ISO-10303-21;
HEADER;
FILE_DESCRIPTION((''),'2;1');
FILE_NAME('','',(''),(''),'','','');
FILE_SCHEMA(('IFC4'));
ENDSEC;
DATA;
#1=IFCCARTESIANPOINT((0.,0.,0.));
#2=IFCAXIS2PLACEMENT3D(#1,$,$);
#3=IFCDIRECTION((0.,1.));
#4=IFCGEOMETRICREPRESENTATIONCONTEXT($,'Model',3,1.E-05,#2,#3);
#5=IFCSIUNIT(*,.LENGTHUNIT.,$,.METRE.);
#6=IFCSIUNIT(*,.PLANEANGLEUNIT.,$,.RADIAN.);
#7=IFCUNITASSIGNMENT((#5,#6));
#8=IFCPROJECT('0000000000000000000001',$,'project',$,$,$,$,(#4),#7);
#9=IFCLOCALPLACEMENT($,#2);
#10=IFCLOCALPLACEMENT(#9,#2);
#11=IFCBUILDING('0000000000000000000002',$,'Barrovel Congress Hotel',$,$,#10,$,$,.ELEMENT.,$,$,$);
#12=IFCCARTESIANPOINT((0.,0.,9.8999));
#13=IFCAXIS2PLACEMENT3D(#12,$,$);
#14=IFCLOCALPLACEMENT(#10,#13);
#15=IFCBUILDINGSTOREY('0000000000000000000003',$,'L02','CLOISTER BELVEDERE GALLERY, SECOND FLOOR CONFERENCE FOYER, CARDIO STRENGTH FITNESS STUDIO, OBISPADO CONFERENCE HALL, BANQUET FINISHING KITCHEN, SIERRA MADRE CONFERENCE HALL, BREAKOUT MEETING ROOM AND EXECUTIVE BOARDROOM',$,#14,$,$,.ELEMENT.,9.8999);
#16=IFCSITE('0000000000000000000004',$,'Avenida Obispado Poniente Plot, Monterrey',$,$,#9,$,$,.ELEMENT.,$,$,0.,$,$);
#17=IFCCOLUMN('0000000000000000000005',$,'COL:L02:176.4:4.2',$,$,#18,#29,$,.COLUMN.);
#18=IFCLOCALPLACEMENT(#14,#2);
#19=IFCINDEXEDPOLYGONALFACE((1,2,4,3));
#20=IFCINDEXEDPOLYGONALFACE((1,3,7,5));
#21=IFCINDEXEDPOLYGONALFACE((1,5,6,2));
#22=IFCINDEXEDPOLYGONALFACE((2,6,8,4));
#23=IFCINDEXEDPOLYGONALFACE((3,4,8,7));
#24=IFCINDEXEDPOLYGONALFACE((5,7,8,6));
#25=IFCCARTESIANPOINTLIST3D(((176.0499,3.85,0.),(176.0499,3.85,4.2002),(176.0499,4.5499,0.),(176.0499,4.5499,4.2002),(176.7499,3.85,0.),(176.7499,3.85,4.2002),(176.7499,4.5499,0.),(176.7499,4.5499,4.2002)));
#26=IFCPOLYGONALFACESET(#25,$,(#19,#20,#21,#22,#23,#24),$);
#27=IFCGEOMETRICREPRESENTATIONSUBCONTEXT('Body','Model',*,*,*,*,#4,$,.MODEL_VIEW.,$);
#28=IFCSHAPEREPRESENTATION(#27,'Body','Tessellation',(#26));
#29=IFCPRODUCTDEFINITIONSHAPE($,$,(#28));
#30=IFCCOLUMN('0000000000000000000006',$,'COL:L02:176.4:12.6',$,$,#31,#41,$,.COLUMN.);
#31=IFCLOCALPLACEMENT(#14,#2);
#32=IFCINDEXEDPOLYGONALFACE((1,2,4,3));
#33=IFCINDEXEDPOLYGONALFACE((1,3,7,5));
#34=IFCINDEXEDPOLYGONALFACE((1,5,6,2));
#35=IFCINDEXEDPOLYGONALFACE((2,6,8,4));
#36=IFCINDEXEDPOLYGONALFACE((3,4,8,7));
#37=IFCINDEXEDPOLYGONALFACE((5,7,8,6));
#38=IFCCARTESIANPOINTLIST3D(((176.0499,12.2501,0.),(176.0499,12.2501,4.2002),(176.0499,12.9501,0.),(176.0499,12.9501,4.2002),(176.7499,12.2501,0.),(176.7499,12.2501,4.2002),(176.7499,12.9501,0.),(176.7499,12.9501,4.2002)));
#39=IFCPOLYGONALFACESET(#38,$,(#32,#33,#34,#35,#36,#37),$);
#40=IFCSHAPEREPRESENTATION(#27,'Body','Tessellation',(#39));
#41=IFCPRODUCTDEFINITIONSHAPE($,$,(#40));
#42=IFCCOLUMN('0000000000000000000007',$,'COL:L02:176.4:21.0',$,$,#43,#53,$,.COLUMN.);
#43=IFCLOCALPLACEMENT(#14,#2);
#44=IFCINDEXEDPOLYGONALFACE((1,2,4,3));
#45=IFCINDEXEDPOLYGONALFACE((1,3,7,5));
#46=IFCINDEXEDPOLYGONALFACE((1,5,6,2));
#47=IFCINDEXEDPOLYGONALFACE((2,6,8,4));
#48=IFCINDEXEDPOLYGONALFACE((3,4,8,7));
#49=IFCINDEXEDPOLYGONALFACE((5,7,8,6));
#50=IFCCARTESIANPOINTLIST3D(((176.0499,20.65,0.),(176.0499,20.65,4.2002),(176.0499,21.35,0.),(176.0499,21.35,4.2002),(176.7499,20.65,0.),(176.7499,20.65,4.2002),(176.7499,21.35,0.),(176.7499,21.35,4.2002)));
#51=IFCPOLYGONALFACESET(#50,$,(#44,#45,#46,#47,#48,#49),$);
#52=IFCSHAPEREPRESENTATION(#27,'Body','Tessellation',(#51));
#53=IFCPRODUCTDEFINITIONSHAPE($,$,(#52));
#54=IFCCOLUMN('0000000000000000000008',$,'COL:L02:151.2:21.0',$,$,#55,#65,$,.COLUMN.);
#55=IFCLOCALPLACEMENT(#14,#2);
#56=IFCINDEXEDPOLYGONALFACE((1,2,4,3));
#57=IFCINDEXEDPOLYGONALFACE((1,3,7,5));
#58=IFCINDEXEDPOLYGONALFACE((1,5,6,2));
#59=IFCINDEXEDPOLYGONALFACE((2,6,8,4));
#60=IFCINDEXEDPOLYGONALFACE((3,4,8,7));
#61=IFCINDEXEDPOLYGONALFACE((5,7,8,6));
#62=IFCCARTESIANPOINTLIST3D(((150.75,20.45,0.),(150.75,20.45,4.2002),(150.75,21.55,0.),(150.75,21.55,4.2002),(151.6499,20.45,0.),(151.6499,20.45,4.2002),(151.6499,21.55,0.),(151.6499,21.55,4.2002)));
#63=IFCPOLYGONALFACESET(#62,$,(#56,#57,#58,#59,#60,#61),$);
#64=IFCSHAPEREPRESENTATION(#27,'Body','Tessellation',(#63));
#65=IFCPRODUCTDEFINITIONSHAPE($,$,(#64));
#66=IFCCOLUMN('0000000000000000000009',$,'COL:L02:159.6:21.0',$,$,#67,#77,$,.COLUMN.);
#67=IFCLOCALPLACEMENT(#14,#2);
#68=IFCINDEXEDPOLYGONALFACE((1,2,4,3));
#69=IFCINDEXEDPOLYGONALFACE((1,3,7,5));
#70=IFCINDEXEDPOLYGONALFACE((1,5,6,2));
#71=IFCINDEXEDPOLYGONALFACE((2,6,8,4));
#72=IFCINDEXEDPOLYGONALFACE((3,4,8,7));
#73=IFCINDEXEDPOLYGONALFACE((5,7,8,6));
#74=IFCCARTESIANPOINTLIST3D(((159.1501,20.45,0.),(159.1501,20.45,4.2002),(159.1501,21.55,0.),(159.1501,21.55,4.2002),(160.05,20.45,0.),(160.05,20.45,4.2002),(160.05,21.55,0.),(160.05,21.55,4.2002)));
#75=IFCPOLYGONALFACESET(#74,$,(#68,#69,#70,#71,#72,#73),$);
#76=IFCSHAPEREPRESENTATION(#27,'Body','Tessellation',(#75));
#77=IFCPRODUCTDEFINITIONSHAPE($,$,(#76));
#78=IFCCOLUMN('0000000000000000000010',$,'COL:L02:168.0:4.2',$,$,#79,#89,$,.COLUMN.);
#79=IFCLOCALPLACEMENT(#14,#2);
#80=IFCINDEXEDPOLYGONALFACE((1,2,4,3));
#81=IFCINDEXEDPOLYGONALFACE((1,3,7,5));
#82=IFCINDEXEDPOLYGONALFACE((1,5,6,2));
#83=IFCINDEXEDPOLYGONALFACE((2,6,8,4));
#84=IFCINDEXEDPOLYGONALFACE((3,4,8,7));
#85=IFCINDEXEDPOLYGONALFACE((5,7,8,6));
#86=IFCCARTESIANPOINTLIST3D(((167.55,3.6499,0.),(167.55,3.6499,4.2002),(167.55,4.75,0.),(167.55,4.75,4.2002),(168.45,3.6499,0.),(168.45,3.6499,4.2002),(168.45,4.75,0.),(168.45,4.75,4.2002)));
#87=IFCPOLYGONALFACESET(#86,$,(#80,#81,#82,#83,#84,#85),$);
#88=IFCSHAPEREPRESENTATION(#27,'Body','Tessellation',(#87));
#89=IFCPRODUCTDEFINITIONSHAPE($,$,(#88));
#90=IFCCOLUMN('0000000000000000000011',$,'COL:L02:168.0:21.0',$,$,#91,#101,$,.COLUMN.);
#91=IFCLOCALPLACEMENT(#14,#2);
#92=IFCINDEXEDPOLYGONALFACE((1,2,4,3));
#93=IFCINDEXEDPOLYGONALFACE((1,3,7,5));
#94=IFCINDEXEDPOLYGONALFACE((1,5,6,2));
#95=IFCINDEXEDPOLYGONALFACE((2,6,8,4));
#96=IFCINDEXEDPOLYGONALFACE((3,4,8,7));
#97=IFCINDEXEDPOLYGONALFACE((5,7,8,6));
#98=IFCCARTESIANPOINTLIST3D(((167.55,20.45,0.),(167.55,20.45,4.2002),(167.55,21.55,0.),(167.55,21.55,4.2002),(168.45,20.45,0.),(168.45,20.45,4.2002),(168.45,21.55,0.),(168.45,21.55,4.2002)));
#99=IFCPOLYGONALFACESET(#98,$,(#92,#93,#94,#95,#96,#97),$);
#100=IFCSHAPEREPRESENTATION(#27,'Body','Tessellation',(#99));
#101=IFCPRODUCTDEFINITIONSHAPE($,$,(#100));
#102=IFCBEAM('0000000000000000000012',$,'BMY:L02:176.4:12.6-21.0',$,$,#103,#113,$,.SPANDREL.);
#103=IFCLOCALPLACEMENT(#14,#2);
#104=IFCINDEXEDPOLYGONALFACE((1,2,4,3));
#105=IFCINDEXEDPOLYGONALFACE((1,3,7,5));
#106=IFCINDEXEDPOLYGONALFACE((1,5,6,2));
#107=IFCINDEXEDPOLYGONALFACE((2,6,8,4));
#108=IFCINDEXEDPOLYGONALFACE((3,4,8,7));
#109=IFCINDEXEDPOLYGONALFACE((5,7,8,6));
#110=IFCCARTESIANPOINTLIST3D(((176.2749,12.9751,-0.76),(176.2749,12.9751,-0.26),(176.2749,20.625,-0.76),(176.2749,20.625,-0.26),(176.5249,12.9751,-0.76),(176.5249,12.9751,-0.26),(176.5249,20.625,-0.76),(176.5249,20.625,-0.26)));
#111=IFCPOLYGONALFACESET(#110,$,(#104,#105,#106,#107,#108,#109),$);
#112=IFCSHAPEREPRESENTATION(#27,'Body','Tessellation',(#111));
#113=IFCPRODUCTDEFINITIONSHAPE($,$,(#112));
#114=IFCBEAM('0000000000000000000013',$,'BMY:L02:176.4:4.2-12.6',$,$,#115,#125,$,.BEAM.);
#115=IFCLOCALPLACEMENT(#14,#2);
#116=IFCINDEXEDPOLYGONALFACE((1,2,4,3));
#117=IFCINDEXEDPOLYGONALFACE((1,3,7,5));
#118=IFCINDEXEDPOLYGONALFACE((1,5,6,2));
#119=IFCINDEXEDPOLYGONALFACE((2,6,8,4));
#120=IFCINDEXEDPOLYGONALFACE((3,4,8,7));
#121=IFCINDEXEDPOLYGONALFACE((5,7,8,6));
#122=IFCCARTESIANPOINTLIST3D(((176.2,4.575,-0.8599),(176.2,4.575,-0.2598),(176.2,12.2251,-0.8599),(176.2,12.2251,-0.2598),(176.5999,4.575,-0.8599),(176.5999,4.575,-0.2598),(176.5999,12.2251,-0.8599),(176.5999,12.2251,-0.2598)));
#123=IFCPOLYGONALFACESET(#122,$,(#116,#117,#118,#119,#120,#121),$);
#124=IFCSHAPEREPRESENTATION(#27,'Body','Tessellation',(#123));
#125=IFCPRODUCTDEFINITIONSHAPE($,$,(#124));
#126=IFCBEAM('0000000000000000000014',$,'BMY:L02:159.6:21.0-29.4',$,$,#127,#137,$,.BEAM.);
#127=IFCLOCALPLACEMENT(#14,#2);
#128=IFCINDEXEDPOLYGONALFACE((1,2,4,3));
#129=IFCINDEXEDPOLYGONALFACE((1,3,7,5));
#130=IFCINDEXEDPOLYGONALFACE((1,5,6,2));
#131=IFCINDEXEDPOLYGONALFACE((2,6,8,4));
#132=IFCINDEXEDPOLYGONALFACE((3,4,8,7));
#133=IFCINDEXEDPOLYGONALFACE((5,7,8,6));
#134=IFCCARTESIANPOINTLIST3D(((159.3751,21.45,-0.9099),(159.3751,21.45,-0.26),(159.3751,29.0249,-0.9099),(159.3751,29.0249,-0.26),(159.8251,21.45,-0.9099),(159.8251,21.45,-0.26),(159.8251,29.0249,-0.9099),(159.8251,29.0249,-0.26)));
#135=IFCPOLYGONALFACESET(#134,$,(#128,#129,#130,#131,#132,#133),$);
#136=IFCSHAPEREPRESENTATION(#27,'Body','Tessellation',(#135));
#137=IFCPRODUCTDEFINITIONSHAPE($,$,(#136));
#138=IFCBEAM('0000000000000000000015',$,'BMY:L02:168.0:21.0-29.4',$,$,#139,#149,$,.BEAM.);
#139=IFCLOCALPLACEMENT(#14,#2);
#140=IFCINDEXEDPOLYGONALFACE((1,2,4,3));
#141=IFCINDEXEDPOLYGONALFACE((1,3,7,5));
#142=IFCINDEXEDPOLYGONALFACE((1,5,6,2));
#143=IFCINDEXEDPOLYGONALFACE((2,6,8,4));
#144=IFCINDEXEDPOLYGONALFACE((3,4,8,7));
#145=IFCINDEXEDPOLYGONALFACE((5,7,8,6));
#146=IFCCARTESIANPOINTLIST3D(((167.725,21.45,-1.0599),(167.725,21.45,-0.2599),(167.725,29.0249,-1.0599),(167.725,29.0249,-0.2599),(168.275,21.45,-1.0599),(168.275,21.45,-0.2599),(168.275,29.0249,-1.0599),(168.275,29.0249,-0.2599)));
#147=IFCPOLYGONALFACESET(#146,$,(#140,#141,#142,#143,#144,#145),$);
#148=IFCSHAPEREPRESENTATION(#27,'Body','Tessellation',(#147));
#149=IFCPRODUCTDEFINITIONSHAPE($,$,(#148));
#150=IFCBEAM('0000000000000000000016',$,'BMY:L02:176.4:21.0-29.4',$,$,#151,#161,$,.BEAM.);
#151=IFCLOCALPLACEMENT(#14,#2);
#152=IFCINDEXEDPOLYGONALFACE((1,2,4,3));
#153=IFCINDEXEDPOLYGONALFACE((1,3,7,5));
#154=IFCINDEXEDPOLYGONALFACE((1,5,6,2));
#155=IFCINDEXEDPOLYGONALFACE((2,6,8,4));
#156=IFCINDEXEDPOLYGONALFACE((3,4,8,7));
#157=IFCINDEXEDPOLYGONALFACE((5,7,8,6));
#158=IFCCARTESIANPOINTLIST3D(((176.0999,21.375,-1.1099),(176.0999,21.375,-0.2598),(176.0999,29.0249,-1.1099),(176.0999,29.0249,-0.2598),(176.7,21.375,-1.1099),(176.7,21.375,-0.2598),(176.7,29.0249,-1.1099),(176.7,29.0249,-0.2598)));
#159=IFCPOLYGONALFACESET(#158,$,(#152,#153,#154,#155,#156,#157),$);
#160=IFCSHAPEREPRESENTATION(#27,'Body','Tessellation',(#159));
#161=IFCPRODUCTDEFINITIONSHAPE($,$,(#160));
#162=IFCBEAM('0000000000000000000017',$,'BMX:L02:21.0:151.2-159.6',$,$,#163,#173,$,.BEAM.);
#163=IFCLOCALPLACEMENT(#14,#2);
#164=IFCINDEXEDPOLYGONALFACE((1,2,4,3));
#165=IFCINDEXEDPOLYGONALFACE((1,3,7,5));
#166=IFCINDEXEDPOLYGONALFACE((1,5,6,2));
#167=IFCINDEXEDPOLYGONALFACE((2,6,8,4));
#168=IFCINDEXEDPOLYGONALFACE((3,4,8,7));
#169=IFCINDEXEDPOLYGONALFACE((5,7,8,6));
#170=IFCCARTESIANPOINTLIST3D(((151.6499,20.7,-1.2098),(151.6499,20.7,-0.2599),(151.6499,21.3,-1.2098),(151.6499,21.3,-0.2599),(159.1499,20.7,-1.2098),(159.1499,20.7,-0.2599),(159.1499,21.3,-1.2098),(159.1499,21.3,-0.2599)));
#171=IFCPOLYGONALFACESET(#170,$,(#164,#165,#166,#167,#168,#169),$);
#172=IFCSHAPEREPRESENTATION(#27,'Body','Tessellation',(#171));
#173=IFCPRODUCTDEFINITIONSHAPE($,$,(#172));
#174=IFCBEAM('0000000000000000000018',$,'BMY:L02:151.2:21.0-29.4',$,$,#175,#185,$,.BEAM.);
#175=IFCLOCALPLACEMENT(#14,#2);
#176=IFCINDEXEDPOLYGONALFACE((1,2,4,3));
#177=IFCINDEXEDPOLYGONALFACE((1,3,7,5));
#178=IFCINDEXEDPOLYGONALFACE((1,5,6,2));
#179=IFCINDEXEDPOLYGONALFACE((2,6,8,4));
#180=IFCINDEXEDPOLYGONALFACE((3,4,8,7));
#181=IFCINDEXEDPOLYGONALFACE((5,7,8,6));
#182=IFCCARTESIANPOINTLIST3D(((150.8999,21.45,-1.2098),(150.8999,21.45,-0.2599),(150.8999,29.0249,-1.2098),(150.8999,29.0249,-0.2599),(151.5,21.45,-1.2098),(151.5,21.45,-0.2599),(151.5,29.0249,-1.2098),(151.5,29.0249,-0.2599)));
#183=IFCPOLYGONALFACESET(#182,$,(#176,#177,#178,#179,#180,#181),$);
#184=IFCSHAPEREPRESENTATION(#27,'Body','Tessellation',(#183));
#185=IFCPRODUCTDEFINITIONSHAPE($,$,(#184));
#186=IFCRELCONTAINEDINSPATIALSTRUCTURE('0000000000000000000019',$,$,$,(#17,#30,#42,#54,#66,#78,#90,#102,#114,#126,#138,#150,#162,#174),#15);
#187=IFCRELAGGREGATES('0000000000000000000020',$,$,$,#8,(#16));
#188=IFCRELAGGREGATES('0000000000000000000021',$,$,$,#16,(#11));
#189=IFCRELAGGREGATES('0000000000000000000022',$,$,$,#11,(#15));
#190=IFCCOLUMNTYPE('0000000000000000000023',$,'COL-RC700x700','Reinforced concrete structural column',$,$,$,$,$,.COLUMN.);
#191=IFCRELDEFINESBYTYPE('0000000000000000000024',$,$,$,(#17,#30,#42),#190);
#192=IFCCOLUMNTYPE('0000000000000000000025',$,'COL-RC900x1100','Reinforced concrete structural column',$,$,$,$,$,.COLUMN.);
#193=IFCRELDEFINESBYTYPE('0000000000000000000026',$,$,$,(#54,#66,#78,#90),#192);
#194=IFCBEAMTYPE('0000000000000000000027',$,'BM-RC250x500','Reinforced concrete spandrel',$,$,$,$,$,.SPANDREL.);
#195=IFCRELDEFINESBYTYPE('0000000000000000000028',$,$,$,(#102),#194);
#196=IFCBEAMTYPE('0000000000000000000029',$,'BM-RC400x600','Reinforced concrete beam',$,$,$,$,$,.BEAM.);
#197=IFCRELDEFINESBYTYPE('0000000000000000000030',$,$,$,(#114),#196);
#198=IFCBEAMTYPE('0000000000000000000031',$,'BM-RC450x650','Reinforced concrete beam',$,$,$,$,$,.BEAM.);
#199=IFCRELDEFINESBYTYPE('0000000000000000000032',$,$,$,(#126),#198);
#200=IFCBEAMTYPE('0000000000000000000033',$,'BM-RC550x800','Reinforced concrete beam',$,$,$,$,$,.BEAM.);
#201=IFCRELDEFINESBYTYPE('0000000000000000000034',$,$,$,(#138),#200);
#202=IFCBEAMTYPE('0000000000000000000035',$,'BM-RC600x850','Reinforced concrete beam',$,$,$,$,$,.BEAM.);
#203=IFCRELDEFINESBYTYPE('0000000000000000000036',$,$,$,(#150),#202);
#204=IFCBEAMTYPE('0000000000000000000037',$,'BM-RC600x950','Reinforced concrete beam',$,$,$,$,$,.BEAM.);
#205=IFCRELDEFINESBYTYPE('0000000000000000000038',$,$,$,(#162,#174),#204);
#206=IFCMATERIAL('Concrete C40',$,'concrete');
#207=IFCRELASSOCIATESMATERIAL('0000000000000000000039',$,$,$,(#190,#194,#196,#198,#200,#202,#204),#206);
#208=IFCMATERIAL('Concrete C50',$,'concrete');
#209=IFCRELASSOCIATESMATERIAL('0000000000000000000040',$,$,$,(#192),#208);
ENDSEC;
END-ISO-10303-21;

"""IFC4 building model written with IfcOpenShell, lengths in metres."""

from ifc_helpers import new_model, si_unit, direction, frame, origin, origin_2d, place, context, subcontext, project, spatial, rectangle, extrude, material, material_profile, profile_set, type_object, element, save


model = new_model("IFC4")

# Units and contexts
model_context = context("Model", 3, precision=1e-05, world=origin(), true_north=direction((0.0, 1.0)))
body_context = subcontext(model_context, "Body", "Model", "MODEL_VIEW")
ifc_project = project(units=[si_unit("LENGTHUNIT", "METRE"), si_unit("PLANEANGLEUNIT", "RADIAN")], contexts=[model_context])

# Site, building, storey
site_placement = place(None, origin())
site = spatial("IfcSite", under=ifc_project, at=site_placement, Name="Avenida Obispado Poniente Plot, Monterrey", CompositionType="ELEMENT", RefElevation=0.0)
building_placement = place(site_placement, origin())
building = spatial("IfcBuilding", under=site, at=building_placement, Name="Barrovel Congress Hotel", CompositionType="ELEMENT")
storey_placement = place(building_placement, frame((0.0, 0.0, 9.8999)))
storey = spatial("IfcBuildingStorey", under=building, at=storey_placement, Name="L02", Description="CLOISTER BELVEDERE GALLERY, SECOND FLOOR CONFERENCE FOYER, CARDIO STRENGTH FITNESS STUDIO, OBISPADO CONFERENCE HALL, BANQUET FINISHING KITCHEN, SIERRA MADRE CONFERENCE HALL, BREAKOUT MEETING ROOM AND EXECUTIVE BOARDROOM", CompositionType="ELEMENT", Elevation=9.8999)

# Columns
ifc_material_1 = material(Name="Concrete C40", Category="concrete")
ifc_material_profile_1 = material_profile(ifc_material_1, rectangle(XDim=0.7, YDim=0.7, at=origin_2d()), Name="RC700x700")
ifc_profile_set_1 = profile_set([ifc_material_profile_1], Name="Concrete C40")
column_type_1 = type_object("IfcColumnType", Name="COL-RC700x700", Description="Reinforced concrete structural column", PredefinedType="COLUMN", material=ifc_profile_set_1)
for number, where, z_axis, x_axis, name in (
    (1, (176.3999, 4.2, 0.0), (0.0, 0.0, 1.0), (1.0, 0.0, 0.0), "COL:L02:176.4:4.2"),
    (2, (176.3999, 12.6001, 0.0), (0.0, 0.0, 1.0), (1.0, 0.0, 0.0), "COL:L02:176.4:12.6"),
    (3, (176.3999, 21.0, 0.0), (0.0, 0.0, 1.0), (1.0, 0.0, 0.0), "COL:L02:176.4:21.0"),
):
    element("IfcColumn", number, at=place(storey_placement, frame(where, z_axis=z_axis, x_axis=x_axis)), inside=storey, type_object=column_type_1, Name=name, PredefinedType="COLUMN", context=body_context, shape_type="SweptSolid", body=[
        extrude(rectangle(XDim=0.7, YDim=0.7, at=origin_2d()), origin(), (0.0, 0.0, 1.0), 4.2002),
    ])
ifc_material_2 = material(Name="Concrete C50", Category="concrete")
ifc_material_profile_2 = material_profile(ifc_material_2, rectangle(XDim=0.8999, YDim=1.1001, at=origin_2d()), Name="RC900x1100")
ifc_profile_set_2 = profile_set([ifc_material_profile_2], Name="Concrete C50")
column_type_2 = type_object("IfcColumnType", Name="COL-RC900x1100", Description="Reinforced concrete structural column", PredefinedType="COLUMN", material=ifc_profile_set_2)
for number, where, z_axis, x_axis, name in (
    (4, (151.2, 21.0, 0.0), (0.0, 0.0, 1.0), (1.0, 0.0, 0.0), "COL:L02:151.2:21.0"),
    (5, (159.6001, 21.0, 0.0), (0.0, 0.0, 1.0), (1.0, 0.0, 0.0), "COL:L02:159.6:21.0"),
    (6, (168.0, 4.2, 0.0), (0.0, 0.0, 1.0), (1.0, 0.0, 0.0), "COL:L02:168.0:4.2"),
    (7, (168.0, 21.0, 0.0), (0.0, 0.0, 1.0), (1.0, 0.0, 0.0), "COL:L02:168.0:21.0"),
):
    element("IfcColumn", number, at=place(storey_placement, frame(where, z_axis=z_axis, x_axis=x_axis)), inside=storey, type_object=column_type_2, Name=name, PredefinedType="COLUMN", context=body_context, shape_type="SweptSolid", body=[
        extrude(rectangle(XDim=0.8999, YDim=1.1001, at=origin_2d()), origin(), (0.0, 0.0, 1.0), 4.2002),
    ])

# Beams
ifc_material_profile_3 = material_profile(ifc_material_1, rectangle(XDim=0.25, YDim=0.5, at=origin_2d()), Name="RC250x500")
ifc_profile_set_3 = profile_set([ifc_material_profile_3], Name="Concrete C40")
beam_type_1 = type_object("IfcBeamType", Name="BM-RC250x500", Description="Reinforced concrete spandrel", PredefinedType="SPANDREL", material=ifc_profile_set_3)
beam_1_placement = place(storey_placement, frame((176.3999, 12.9751, -0.51), z_axis=(0.0, 1.0, 0.0), x_axis=(-1.0, 0.0, 0.0)))
element("IfcBeam", 8, at=beam_1_placement, inside=storey, type_object=beam_type_1, Name="BMY:L02:176.4:12.6-21.0", PredefinedType="SPANDREL", context=body_context, shape_type="SweptSolid", body=[
    extrude(rectangle(XDim=0.25, YDim=0.5, at=origin_2d()), origin(), (0.0, 0.0, 1.0), 7.6499),
])
ifc_material_profile_4 = material_profile(ifc_material_1, rectangle(XDim=0.3999, YDim=0.6001, at=origin_2d()), Name="RC400x600")
ifc_profile_set_4 = profile_set([ifc_material_profile_4], Name="Concrete C40")
beam_type_2 = type_object("IfcBeamType", Name="BM-RC400x600", Description="Reinforced concrete beam", PredefinedType="BEAM", material=ifc_profile_set_4)
beam_2_placement = place(storey_placement, frame((176.3999, 4.575, -0.5598), z_axis=(0.0, 1.0, 0.0), x_axis=(-1.0, 0.0, 0.0)))
element("IfcBeam", 9, at=beam_2_placement, inside=storey, type_object=beam_type_2, Name="BMY:L02:176.4:4.2-12.6", PredefinedType="BEAM", context=body_context, shape_type="SweptSolid", body=[
    extrude(rectangle(XDim=0.3999, YDim=0.6001, at=origin_2d()), origin(), (0.0, 0.0, 1.0), 7.6501),
])
ifc_material_profile_5 = material_profile(ifc_material_1, rectangle(XDim=0.45, YDim=0.6499, at=origin_2d()), Name="RC450x650")
ifc_profile_set_5 = profile_set([ifc_material_profile_5], Name="Concrete C40")
beam_type_3 = type_object("IfcBeamType", Name="BM-RC450x650", Description="Reinforced concrete beam", PredefinedType="BEAM", material=ifc_profile_set_5)
beam_3_placement = place(storey_placement, frame((159.6001, 21.45, -0.585), z_axis=(0.0, 1.0, 0.0), x_axis=(-1.0, 0.0, 0.0)))
element("IfcBeam", 10, at=beam_3_placement, inside=storey, type_object=beam_type_3, Name="BMY:L02:159.6:21.0-29.4", PredefinedType="BEAM", context=body_context, shape_type="SweptSolid", body=[
    extrude(rectangle(XDim=0.45, YDim=0.6499, at=origin_2d()), origin(), (0.0, 0.0, 1.0), 7.575),
])
ifc_material_profile_6 = material_profile(ifc_material_1, rectangle(XDim=0.55, YDim=0.8, at=origin_2d()), Name="RC550x800")
ifc_profile_set_6 = profile_set([ifc_material_profile_6], Name="Concrete C40")
beam_type_4 = type_object("IfcBeamType", Name="BM-RC550x800", Description="Reinforced concrete beam", PredefinedType="BEAM", material=ifc_profile_set_6)
beam_4_placement = place(storey_placement, frame((168.0, 21.45, -0.6599), z_axis=(0.0, 1.0, 0.0), x_axis=(-1.0, 0.0, 0.0)))
element("IfcBeam", 11, at=beam_4_placement, inside=storey, type_object=beam_type_4, Name="BMY:L02:168.0:21.0-29.4", PredefinedType="BEAM", context=body_context, shape_type="SweptSolid", body=[
    extrude(rectangle(XDim=0.55, YDim=0.8, at=origin_2d()), origin(), (0.0, 0.0, 1.0), 7.575),
])
ifc_material_profile_7 = material_profile(ifc_material_1, rectangle(XDim=0.6001, YDim=0.8501, at=origin_2d()), Name="RC600x850")
ifc_profile_set_7 = profile_set([ifc_material_profile_7], Name="Concrete C40")
beam_type_5 = type_object("IfcBeamType", Name="BM-RC600x850", Description="Reinforced concrete beam", PredefinedType="BEAM", material=ifc_profile_set_7)
beam_5_placement = place(storey_placement, frame((176.3999, 21.375, -0.6848), z_axis=(0.0, 1.0, 0.0), x_axis=(-1.0, 0.0, 0.0)))
element("IfcBeam", 12, at=beam_5_placement, inside=storey, type_object=beam_type_5, Name="BMY:L02:176.4:21.0-29.4", PredefinedType="BEAM", context=body_context, shape_type="SweptSolid", body=[
    extrude(rectangle(XDim=0.6001, YDim=0.8501, at=origin_2d()), origin(), (0.0, 0.0, 1.0), 7.6499),
])
ifc_material_profile_8 = material_profile(ifc_material_1, rectangle(XDim=0.6001, YDim=0.95, at=origin_2d()), Name="RC600x950")
ifc_profile_set_8 = profile_set([ifc_material_profile_8], Name="Concrete C40")
beam_type_6 = type_object("IfcBeamType", Name="BM-RC600x950", Description="Reinforced concrete beam", PredefinedType="BEAM", material=ifc_profile_set_8)
beam_6_placement = place(storey_placement, frame((151.6499, 21.0, -0.7349), z_axis=(1.0, 0.0, 0.0), x_axis=(0.0, 1.0, 0.0)))
element("IfcBeam", 13, at=beam_6_placement, inside=storey, type_object=beam_type_6, Name="BMX:L02:21.0:151.2-159.6", PredefinedType="BEAM", context=body_context, shape_type="SweptSolid", body=[
    extrude(rectangle(XDim=0.6001, YDim=0.95, at=origin_2d()), origin(), (0.0, 0.0, 1.0), 7.5),
])
beam_7_placement = place(storey_placement, frame((151.2, 21.45, -0.7349), z_axis=(0.0, 1.0, 0.0), x_axis=(-1.0, 0.0, 0.0)))
element("IfcBeam", 14, at=beam_7_placement, inside=storey, type_object=beam_type_6, Name="BMY:L02:151.2:21.0-29.4", PredefinedType="BEAM", context=body_context, shape_type="SweptSolid", body=[
    extrude(rectangle(XDim=0.6001, YDim=0.95, at=origin_2d()), origin(), (0.0, 0.0, 1.0), 7.575),
])

save(model, "model.ifc")
